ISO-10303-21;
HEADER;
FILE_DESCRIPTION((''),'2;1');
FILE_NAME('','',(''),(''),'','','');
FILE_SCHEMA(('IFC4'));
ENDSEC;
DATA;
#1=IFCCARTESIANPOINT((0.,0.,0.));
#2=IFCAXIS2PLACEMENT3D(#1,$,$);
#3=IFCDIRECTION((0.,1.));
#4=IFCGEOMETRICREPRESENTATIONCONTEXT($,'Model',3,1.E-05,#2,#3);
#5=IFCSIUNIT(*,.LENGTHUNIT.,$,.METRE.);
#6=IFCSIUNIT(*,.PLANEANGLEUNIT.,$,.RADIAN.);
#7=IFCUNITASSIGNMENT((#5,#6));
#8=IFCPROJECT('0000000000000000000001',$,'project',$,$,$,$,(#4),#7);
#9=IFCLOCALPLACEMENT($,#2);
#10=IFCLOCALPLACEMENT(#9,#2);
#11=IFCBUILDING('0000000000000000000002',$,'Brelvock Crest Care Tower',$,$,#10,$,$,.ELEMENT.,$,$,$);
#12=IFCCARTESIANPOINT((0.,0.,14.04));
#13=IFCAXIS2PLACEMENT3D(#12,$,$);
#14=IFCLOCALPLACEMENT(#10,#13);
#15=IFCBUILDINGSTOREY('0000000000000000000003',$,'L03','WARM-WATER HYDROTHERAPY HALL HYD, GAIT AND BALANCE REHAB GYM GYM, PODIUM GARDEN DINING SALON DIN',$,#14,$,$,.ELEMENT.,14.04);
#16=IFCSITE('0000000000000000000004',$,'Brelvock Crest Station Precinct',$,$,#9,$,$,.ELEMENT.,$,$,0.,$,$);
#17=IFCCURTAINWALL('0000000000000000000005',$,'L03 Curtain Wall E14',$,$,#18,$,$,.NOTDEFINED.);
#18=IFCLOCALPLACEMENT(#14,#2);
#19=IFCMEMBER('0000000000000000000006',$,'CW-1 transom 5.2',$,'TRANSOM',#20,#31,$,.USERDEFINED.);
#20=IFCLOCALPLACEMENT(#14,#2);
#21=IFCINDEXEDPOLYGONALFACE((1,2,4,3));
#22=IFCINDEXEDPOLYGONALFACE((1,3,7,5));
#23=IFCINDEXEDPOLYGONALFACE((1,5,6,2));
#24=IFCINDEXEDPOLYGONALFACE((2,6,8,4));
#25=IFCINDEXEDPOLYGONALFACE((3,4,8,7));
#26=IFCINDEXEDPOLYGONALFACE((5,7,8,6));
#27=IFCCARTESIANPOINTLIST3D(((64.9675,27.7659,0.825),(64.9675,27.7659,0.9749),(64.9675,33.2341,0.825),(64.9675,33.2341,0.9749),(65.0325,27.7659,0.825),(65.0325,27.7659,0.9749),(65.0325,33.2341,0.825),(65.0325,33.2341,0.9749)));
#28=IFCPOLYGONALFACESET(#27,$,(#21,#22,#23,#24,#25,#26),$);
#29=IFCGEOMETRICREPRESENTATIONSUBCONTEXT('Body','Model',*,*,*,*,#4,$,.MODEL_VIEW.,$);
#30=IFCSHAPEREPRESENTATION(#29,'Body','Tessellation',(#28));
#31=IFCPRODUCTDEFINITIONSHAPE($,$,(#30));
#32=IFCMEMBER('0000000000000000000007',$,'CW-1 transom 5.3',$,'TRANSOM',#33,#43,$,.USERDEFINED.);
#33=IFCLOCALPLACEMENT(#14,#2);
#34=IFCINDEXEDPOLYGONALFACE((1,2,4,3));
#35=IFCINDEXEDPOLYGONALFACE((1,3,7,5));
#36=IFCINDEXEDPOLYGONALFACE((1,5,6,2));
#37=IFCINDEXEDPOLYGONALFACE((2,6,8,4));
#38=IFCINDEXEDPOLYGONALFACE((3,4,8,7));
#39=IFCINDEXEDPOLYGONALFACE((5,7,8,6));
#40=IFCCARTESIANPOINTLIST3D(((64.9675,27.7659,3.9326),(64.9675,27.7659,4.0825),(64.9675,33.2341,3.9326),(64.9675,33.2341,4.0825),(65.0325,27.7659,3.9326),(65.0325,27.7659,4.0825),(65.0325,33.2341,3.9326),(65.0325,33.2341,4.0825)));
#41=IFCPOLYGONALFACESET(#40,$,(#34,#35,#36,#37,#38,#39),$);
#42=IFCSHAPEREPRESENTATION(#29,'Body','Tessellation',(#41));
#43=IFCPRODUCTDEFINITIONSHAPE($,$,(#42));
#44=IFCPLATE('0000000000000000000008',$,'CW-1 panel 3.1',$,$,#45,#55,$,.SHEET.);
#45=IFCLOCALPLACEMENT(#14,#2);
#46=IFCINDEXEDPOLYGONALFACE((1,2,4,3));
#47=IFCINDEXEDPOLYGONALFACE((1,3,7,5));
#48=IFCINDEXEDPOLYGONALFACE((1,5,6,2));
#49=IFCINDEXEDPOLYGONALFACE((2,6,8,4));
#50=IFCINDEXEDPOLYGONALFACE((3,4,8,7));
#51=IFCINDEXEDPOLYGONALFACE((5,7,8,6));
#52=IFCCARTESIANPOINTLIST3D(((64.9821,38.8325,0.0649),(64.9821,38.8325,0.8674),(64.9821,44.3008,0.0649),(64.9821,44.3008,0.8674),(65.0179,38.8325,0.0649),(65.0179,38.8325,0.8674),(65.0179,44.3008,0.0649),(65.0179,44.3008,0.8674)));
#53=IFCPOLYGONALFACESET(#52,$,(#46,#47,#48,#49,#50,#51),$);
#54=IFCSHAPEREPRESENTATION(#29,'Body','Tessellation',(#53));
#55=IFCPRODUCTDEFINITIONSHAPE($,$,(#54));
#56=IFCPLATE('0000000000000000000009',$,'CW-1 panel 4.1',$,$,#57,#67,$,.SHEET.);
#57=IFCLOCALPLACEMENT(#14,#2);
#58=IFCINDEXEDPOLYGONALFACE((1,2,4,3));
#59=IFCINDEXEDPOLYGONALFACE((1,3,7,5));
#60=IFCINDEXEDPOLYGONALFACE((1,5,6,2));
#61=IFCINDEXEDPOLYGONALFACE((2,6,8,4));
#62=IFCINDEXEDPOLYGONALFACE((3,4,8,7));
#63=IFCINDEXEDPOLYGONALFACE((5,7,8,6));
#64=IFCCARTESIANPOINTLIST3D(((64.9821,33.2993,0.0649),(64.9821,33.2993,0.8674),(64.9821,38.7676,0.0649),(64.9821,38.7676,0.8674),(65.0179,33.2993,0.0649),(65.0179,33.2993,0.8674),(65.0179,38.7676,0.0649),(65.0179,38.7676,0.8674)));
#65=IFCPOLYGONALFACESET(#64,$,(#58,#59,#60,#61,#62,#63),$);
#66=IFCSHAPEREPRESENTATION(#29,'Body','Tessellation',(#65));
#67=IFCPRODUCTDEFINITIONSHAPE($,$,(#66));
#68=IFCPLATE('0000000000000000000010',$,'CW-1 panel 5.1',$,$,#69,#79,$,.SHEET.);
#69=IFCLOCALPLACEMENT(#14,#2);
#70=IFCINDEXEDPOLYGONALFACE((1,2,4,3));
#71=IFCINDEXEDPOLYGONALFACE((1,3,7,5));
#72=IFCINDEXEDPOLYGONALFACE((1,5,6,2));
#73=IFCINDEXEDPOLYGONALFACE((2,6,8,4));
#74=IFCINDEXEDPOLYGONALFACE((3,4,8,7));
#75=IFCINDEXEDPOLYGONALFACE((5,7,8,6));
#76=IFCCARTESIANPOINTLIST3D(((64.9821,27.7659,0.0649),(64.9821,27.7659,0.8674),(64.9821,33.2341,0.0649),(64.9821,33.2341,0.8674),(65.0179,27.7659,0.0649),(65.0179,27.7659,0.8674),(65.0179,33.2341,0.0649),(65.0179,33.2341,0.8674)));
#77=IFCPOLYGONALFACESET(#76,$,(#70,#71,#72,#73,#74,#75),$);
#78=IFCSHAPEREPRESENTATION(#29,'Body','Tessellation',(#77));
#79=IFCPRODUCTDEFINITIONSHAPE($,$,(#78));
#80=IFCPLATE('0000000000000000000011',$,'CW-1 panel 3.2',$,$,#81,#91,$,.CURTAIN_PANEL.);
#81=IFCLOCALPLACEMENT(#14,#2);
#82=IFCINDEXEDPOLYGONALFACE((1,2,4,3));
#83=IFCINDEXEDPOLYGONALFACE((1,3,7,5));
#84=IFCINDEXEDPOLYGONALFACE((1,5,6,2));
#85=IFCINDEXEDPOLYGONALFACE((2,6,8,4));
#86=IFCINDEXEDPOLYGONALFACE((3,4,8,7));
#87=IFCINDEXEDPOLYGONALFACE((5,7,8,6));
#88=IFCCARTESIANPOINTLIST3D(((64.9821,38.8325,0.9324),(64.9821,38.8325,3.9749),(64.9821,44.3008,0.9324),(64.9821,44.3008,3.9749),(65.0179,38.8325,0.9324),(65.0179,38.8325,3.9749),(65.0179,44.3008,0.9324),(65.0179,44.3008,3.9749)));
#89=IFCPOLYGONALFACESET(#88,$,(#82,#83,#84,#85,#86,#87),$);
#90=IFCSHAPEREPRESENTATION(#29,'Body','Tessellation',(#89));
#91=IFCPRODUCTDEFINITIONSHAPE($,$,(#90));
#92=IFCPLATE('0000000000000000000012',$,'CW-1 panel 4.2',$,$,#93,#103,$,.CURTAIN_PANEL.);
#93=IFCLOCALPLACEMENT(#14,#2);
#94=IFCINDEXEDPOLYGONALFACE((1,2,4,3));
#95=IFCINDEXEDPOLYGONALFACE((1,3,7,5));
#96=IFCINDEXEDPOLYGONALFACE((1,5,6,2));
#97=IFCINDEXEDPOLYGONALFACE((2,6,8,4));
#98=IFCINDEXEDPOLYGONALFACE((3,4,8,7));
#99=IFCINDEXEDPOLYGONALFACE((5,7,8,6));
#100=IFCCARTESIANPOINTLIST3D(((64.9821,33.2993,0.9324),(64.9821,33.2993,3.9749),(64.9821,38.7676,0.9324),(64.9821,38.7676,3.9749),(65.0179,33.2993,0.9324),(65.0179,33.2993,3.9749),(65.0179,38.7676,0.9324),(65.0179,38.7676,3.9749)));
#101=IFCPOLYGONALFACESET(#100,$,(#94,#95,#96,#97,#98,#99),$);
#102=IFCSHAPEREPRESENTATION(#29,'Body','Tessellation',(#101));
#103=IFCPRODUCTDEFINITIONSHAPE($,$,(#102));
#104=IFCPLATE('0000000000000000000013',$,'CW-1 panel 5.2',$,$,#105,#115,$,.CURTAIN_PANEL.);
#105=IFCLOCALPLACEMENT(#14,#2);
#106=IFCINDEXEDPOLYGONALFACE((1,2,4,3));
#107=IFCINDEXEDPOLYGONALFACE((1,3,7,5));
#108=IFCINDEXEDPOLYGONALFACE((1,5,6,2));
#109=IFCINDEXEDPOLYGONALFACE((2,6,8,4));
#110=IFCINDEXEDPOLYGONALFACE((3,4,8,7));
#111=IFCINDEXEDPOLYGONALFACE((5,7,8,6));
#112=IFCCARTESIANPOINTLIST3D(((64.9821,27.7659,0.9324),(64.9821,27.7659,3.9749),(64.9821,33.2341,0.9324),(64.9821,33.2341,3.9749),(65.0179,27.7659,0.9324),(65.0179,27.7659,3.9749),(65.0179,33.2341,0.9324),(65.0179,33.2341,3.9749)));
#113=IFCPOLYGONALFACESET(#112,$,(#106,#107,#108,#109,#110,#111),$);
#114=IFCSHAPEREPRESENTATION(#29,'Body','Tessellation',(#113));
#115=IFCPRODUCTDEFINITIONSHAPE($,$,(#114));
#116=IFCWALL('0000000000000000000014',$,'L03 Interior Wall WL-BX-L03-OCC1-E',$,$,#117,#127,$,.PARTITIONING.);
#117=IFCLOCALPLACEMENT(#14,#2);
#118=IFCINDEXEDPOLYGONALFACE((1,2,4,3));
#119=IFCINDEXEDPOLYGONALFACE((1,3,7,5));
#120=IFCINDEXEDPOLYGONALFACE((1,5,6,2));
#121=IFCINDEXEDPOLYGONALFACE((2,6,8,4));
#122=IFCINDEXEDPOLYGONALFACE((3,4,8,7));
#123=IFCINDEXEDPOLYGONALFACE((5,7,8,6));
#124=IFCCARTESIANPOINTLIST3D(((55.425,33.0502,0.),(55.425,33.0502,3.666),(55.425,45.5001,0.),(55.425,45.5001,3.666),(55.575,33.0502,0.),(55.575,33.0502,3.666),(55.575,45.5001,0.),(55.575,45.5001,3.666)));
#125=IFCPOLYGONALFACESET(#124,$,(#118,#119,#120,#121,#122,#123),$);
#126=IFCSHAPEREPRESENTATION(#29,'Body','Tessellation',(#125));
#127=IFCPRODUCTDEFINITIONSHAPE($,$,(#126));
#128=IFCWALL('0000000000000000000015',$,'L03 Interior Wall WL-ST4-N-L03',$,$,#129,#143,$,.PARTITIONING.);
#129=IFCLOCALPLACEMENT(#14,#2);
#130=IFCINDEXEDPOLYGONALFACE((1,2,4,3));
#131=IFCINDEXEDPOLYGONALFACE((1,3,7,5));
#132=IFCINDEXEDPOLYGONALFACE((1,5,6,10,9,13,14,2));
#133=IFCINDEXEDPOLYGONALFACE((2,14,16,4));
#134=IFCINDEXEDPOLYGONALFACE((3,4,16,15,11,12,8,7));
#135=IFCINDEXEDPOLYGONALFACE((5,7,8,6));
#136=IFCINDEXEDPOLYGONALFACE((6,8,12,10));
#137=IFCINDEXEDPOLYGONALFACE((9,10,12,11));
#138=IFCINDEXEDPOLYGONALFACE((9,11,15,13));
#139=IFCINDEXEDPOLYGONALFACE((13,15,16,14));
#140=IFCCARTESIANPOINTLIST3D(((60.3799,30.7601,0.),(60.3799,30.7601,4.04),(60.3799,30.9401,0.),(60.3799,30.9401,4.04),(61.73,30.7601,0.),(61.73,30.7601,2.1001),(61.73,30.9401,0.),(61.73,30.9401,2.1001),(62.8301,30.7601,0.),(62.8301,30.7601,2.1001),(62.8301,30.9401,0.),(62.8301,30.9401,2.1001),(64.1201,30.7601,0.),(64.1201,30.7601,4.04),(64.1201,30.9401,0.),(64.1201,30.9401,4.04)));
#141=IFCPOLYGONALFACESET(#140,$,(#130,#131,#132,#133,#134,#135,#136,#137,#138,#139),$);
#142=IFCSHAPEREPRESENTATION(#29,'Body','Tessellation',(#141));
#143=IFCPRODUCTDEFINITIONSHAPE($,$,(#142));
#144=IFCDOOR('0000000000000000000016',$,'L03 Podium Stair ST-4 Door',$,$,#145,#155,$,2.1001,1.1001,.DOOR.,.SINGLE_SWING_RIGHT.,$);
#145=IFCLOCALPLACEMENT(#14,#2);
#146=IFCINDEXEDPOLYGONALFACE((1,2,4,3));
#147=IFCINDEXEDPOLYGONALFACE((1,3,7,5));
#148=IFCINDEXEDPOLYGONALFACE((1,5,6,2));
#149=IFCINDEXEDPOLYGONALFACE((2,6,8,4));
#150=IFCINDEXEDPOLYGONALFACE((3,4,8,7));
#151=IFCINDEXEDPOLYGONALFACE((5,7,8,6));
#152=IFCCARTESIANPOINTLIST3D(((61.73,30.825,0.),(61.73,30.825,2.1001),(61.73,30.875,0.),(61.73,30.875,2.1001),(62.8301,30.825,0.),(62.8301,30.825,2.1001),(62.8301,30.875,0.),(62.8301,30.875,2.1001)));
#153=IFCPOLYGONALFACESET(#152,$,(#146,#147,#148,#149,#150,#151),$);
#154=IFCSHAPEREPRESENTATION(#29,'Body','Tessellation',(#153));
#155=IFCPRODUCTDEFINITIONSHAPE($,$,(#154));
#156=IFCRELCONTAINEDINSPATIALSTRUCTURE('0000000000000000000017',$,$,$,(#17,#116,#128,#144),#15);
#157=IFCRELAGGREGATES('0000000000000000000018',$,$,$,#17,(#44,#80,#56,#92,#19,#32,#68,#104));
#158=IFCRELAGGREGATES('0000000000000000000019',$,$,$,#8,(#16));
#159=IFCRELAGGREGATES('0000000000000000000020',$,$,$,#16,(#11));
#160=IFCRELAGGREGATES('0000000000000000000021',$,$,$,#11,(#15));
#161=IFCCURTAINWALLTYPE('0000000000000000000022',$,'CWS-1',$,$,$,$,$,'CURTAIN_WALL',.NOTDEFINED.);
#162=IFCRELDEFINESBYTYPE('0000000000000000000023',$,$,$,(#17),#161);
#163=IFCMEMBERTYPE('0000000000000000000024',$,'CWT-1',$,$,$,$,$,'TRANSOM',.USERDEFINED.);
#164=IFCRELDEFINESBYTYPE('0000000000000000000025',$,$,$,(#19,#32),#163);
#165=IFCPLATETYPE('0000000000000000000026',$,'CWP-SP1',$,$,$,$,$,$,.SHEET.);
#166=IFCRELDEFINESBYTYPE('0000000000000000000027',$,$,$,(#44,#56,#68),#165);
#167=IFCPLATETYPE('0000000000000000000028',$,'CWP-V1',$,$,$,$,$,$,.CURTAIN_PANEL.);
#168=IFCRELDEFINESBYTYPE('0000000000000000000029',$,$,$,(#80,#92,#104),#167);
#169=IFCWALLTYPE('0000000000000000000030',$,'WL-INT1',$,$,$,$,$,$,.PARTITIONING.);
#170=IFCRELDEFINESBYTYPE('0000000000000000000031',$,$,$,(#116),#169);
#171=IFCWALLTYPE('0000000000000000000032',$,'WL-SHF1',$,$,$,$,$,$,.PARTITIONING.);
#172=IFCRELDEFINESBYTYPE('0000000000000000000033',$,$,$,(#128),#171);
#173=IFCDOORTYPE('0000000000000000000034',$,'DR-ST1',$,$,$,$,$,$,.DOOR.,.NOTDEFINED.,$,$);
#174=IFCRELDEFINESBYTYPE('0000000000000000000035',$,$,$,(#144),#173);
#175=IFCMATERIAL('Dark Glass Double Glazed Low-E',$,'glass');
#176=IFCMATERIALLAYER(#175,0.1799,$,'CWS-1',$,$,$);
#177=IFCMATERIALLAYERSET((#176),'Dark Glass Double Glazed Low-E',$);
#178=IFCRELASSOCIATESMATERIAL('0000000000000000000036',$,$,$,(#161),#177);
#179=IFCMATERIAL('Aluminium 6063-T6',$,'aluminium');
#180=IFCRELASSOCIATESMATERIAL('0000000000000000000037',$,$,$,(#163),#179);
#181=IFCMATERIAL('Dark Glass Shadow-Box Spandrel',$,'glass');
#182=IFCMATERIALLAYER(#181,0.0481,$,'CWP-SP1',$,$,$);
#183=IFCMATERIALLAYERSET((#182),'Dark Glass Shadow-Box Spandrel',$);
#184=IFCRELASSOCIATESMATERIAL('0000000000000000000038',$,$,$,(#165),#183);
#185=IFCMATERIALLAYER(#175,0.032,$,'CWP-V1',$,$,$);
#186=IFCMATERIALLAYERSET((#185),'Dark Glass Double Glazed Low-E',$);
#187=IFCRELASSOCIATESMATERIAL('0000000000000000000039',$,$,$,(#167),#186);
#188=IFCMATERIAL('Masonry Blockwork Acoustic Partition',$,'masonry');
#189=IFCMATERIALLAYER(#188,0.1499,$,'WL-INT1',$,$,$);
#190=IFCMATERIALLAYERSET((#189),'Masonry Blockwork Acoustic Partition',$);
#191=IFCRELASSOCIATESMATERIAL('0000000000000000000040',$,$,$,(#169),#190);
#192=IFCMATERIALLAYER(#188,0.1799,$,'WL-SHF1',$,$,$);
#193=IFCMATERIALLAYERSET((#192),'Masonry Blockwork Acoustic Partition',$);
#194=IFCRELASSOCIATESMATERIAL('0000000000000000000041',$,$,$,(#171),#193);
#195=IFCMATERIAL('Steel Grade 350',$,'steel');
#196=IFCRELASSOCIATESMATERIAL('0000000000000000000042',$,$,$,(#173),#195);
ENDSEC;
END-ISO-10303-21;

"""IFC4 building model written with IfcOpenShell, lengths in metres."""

from ifc_helpers import new_model, si_unit, direction, frame, frame_2d, origin, origin_2d, place, context, subcontext, project, spatial, rectangle, extrude, source, transform, mapped, material, layer, layer_set, material_profile, profile_set, type_object, element, fill, aggregate, save


model = new_model("IFC4")

# Units and contexts
model_context = context("Model", 3, precision=1e-05, world=origin(), true_north=direction((0.0, 1.0)))
body_context = subcontext(model_context, "Body", "Model", "MODEL_VIEW")
ifc_project = project(units=[si_unit("LENGTHUNIT", "METRE"), si_unit("PLANEANGLEUNIT", "RADIAN")], contexts=[model_context])

# Site, building, storey
site_placement = place(None, origin())
site = spatial("IfcSite", under=ifc_project, at=site_placement, Name="Brelvock Crest Station Precinct", CompositionType="ELEMENT", RefElevation=0.0)
building_placement = place(site_placement, origin())
building = spatial("IfcBuilding", under=site, at=building_placement, Name="Brelvock Crest Care Tower", CompositionType="ELEMENT")
storey_placement = place(building_placement, frame((0.0, 0.0, 14.04)))
storey = spatial("IfcBuildingStorey", under=building, at=storey_placement, Name="L03", Description="WARM-WATER HYDROTHERAPY HALL HYD, GAIT AND BALANCE REHAB GYM GYM, PODIUM GARDEN DINING SALON DIN", CompositionType="ELEMENT", Elevation=14.04)

# Shared definitions
ifc_material_1 = material(Name="Steel Grade 350", Category="steel")

# Curtain wall, members, plates
ifc_material_2 = material(Name="Dark Glass Double Glazed Low-E", Category="glass")
ifc_layer_1 = layer(ifc_material_2, 0.1799, Name="CWS-1")
ifc_layer_set_1 = layer_set([ifc_layer_1], Name="Dark Glass Double Glazed Low-E")
curtain_wall_type = type_object("IfcCurtainWallType", Name="CWS-1", ElementType="CURTAIN_WALL", PredefinedType="NOTDEFINED", material=ifc_layer_set_1)
curtain_wall_placement = place(storey_placement, origin())
curtain_wall = element("IfcCurtainWall", 1, at=curtain_wall_placement, inside=storey, type_object=curtain_wall_type, Name="L03 Curtain Wall E14", PredefinedType="NOTDEFINED")
ifc_material_3 = material(Name="Aluminium 6063-T6", Category="aluminium")
ifc_material_profile_1 = material_profile(ifc_material_3, rectangle(XDim=0.0649, YDim=0.1499, at=origin_2d()), Name="ALU65x150")
ifc_profile_set_1 = profile_set([ifc_material_profile_1], Name="Aluminium 6063-T6")
member_type_1 = type_object("IfcMemberType", Name="CWT-1", ElementType="TRANSOM", PredefinedType="USERDEFINED", material=ifc_profile_set_1)
shared_shape_1 = source(origin(), body_context, "Body", "SweptSolid", [
    extrude(rectangle(XDim=0.0649, YDim=0.1499, at=origin_2d()), origin(), (0.0, 0.0, 1.0), 5.4683),
])
member_1_placement = place(storey_placement, frame((65.0, 33.2341, 0.8999), z_axis=(0.0, -1.0, 0.0), x_axis=(1.0, 0.0, 0.0)))
member_1 = element("IfcMember", 2, at=member_1_placement, type_object=member_type_1, Name="CW-1 transom 5.2", ObjectType="TRANSOM", PredefinedType="USERDEFINED", context=body_context, shape_type="MappedRepresentation", body=[
    mapped(shared_shape_1, transform((0.0, 0.0, 0.0), x_axis=(1.0, 0.0, 0.0), y_axis=(0.0, 1.0, 0.0), z_axis=(0.0, 0.0, 1.0), scale=1.0)),
])
member_2_placement = place(storey_placement, frame((65.0, 33.2341, 4.0076), z_axis=(0.0, -1.0, 0.0), x_axis=(1.0, 0.0, 0.0)))
member_2 = element("IfcMember", 3, at=member_2_placement, type_object=member_type_1, Name="CW-1 transom 5.3", ObjectType="TRANSOM", PredefinedType="USERDEFINED", context=body_context, shape_type="MappedRepresentation", body=[
    mapped(shared_shape_1, transform((0.0, 0.0, 0.0), x_axis=(1.0, 0.0, 0.0), y_axis=(0.0, 1.0, 0.0), z_axis=(0.0, 0.0, 1.0), scale=1.0)),
])
ifc_material_4 = material(Name="Dark Glass Shadow-Box Spandrel", Category="glass")
ifc_layer_2 = layer(ifc_material_4, 0.0481, Name="CWP-SP1")
ifc_layer_set_2 = layer_set([ifc_layer_2], Name="Dark Glass Shadow-Box Spandrel")
plate_type_1 = type_object("IfcPlateType", Name="CWP-SP1", PredefinedType="SHEET", material=ifc_layer_set_2)
shared_shape_2 = source(origin(), body_context, "Body", "SweptSolid", [
    extrude(rectangle(XDim=5.4683, YDim=0.0359, at=origin_2d()), origin(), (0.0, 0.0, 1.0), 0.8025),
])
plate_1_placement = place(storey_placement, frame((65.0, 41.5667, 0.0649), z_axis=(0.0, 0.0, 1.0), x_axis=(0.0, -1.0, 0.0)))
plate_1 = element("IfcPlate", 4, at=plate_1_placement, type_object=plate_type_1, Name="CW-1 panel 3.1", PredefinedType="SHEET", context=body_context, shape_type="MappedRepresentation", body=[
    mapped(shared_shape_2, transform((0.0, 0.0, 0.0), x_axis=(1.0, 0.0, 0.0), y_axis=(0.0, 1.0, 0.0), z_axis=(0.0, 0.0, 1.0), scale=1.0)),
])
plate_2_placement = place(storey_placement, frame((65.0, 36.0334, 0.0649), z_axis=(0.0, 0.0, 1.0), x_axis=(0.0, -1.0, 0.0)))
plate_2 = element("IfcPlate", 5, at=plate_2_placement, type_object=plate_type_1, Name="CW-1 panel 4.1", PredefinedType="SHEET", context=body_context, shape_type="MappedRepresentation", body=[
    mapped(shared_shape_2, transform((0.0, 0.0, 0.0), x_axis=(1.0, 0.0, 0.0), y_axis=(0.0, 1.0, 0.0), z_axis=(0.0, 0.0, 1.0), scale=1.0)),
])
plate_3_placement = place(storey_placement, frame((65.0, 30.5, 0.0649), z_axis=(0.0, 0.0, 1.0), x_axis=(0.0, -1.0, 0.0)))
plate_3 = element("IfcPlate", 6, at=plate_3_placement, type_object=plate_type_1, Name="CW-1 panel 5.1", PredefinedType="SHEET", context=body_context, shape_type="MappedRepresentation", body=[
    mapped(shared_shape_2, transform((0.0, 0.0, 0.0), x_axis=(1.0, 0.0, 0.0), y_axis=(0.0, 1.0, 0.0), z_axis=(0.0, 0.0, 1.0), scale=1.0)),
])
ifc_layer_3 = layer(ifc_material_2, 0.032, Name="CWP-V1")
ifc_layer_set_3 = layer_set([ifc_layer_3], Name="Dark Glass Double Glazed Low-E")
plate_type_2 = type_object("IfcPlateType", Name="CWP-V1", PredefinedType="CURTAIN_PANEL", material=ifc_layer_set_3)
shared_shape_3 = source(origin(), body_context, "Body", "SweptSolid", [
    extrude(rectangle(XDim=5.4683, YDim=0.0359, at=origin_2d()), origin(), (0.0, 0.0, 1.0), 3.0425),
])
plate_4_placement = place(storey_placement, frame((65.0, 41.5667, 0.9324), z_axis=(0.0, 0.0, 1.0), x_axis=(0.0, -1.0, 0.0)))
plate_4 = element("IfcPlate", 7, at=plate_4_placement, type_object=plate_type_2, Name="CW-1 panel 3.2", PredefinedType="CURTAIN_PANEL", context=body_context, shape_type="MappedRepresentation", body=[
    mapped(shared_shape_3, transform((0.0, 0.0, 0.0), x_axis=(1.0, 0.0, 0.0), y_axis=(0.0, 1.0, 0.0), z_axis=(0.0, 0.0, 1.0), scale=1.0)),
])
plate_5_placement = place(storey_placement, frame((65.0, 36.0334, 0.9324), z_axis=(0.0, 0.0, 1.0), x_axis=(0.0, -1.0, 0.0)))
plate_5 = element("IfcPlate", 8, at=plate_5_placement, type_object=plate_type_2, Name="CW-1 panel 4.2", PredefinedType="CURTAIN_PANEL", context=body_context, shape_type="MappedRepresentation", body=[
    mapped(shared_shape_3, transform((0.0, 0.0, 0.0), x_axis=(1.0, 0.0, 0.0), y_axis=(0.0, 1.0, 0.0), z_axis=(0.0, 0.0, 1.0), scale=1.0)),
])
plate_6_placement = place(storey_placement, frame((65.0, 30.5, 0.9324), z_axis=(0.0, 0.0, 1.0), x_axis=(0.0, -1.0, 0.0)))
plate_6 = element("IfcPlate", 9, at=plate_6_placement, type_object=plate_type_2, Name="CW-1 panel 5.2", PredefinedType="CURTAIN_PANEL", context=body_context, shape_type="MappedRepresentation", body=[
    mapped(shared_shape_3, transform((0.0, 0.0, 0.0), x_axis=(1.0, 0.0, 0.0), y_axis=(0.0, 1.0, 0.0), z_axis=(0.0, 0.0, 1.0), scale=1.0)),
])
aggregate(curtain_wall, [plate_1, plate_4, plate_2, plate_5, member_1, member_2, plate_3, plate_6])

# Wall
ifc_material_5 = material(Name="Masonry Blockwork Acoustic Partition", Category="masonry")
ifc_layer_4 = layer(ifc_material_5, 0.1499, Name="WL-INT1")
ifc_layer_set_4 = layer_set([ifc_layer_4], Name="Masonry Blockwork Acoustic Partition")
wall_type_1 = type_object("IfcWallType", Name="WL-INT1", PredefinedType="PARTITIONING", material=ifc_layer_set_4)
wall_1_placement = place(storey_placement, frame((55.5, 33.05, 0.0), z_axis=(0.0, 0.0, 1.0), x_axis=(0.0, 1.0, 0.0)))
element("IfcWall", 10, at=wall_1_placement, inside=storey, type_object=wall_type_1, Name="L03 Interior Wall WL-BX-L03-OCC1-E", PredefinedType="PARTITIONING", context=body_context, shape_type="SweptSolid", body=[
    extrude(rectangle(XDim=12.45, YDim=0.1499, at=frame_2d((6.2251, 0.0))), origin(), (0.0, 0.0, 1.0), 3.666),
])

# Wall, opening, door
ifc_layer_5 = layer(ifc_material_5, 0.1799, Name="WL-SHF1")
ifc_layer_set_5 = layer_set([ifc_layer_5], Name="Masonry Blockwork Acoustic Partition")
wall_type_2 = type_object("IfcWallType", Name="WL-SHF1", PredefinedType="PARTITIONING", material=ifc_layer_set_5)
wall_2_placement = place(storey_placement, frame((60.3799, 30.8501, 0.0), z_axis=(0.0, 0.0, 1.0), x_axis=(1.0, 0.0, 0.0)))
wall_2 = element("IfcWall", 11, at=wall_2_placement, inside=storey, type_object=wall_type_2, Name="L03 Interior Wall WL-ST4-N-L03", PredefinedType="PARTITIONING", context=body_context, shape_type="SweptSolid", body=[
    extrude(rectangle(XDim=3.7402, YDim=0.1799, at=frame_2d((1.8701, 0.0))), origin(), (0.0, 0.0, 1.0), 4.04),
])
opening_placement = place(wall_2_placement, frame((1.3501, 0.0, 0.0)))
opening = element("IfcOpeningElement", 12, at=opening_placement, cuts=wall_2, PredefinedType="OPENING", context=body_context, shape_type="SweptSolid", body=[
    extrude(rectangle(XDim=1.1001, YDim=2.1001, at=origin_2d()), frame((0.55, 0.1001, 1.05), z_axis=(0.0, -1.0, 0.0), x_axis=(1.0, 0.0, 0.0)), (0.0, 0.0, 1.0), 0.2),
])
door_type = type_object("IfcDoorType", Name="DR-ST1", OperationType="NOTDEFINED", PredefinedType="DOOR", material=ifc_material_1)
shared_shape_4 = source(origin(), body_context, "Body", "SweptSolid", [
    extrude(rectangle(XDim=1.1001, YDim=2.1001, at=origin_2d()), frame((0.55, 0.0249, 1.05), z_axis=(0.0, -1.0, 0.0), x_axis=(1.0, 0.0, 0.0)), (0.0, 0.0, 1.0), 0.05),
])
door_placement = place(opening_placement, origin())
door = element("IfcDoor", 13, at=door_placement, inside=storey, type_object=door_type, Name="L03 Podium Stair ST-4 Door", OperationType="SINGLE_SWING_RIGHT", OverallHeight=2.1001, OverallWidth=1.1001, PredefinedType="DOOR", context=body_context, shape_type="MappedRepresentation", body=[
    mapped(shared_shape_4, transform((0.0, 0.0, 0.0), x_axis=(1.0, 0.0, 0.0), y_axis=(0.0, 1.0, 0.0), z_axis=(0.0, 0.0, 1.0), scale=1.0)),
])
fill(opening, door)

save(model, "model.ifc")
